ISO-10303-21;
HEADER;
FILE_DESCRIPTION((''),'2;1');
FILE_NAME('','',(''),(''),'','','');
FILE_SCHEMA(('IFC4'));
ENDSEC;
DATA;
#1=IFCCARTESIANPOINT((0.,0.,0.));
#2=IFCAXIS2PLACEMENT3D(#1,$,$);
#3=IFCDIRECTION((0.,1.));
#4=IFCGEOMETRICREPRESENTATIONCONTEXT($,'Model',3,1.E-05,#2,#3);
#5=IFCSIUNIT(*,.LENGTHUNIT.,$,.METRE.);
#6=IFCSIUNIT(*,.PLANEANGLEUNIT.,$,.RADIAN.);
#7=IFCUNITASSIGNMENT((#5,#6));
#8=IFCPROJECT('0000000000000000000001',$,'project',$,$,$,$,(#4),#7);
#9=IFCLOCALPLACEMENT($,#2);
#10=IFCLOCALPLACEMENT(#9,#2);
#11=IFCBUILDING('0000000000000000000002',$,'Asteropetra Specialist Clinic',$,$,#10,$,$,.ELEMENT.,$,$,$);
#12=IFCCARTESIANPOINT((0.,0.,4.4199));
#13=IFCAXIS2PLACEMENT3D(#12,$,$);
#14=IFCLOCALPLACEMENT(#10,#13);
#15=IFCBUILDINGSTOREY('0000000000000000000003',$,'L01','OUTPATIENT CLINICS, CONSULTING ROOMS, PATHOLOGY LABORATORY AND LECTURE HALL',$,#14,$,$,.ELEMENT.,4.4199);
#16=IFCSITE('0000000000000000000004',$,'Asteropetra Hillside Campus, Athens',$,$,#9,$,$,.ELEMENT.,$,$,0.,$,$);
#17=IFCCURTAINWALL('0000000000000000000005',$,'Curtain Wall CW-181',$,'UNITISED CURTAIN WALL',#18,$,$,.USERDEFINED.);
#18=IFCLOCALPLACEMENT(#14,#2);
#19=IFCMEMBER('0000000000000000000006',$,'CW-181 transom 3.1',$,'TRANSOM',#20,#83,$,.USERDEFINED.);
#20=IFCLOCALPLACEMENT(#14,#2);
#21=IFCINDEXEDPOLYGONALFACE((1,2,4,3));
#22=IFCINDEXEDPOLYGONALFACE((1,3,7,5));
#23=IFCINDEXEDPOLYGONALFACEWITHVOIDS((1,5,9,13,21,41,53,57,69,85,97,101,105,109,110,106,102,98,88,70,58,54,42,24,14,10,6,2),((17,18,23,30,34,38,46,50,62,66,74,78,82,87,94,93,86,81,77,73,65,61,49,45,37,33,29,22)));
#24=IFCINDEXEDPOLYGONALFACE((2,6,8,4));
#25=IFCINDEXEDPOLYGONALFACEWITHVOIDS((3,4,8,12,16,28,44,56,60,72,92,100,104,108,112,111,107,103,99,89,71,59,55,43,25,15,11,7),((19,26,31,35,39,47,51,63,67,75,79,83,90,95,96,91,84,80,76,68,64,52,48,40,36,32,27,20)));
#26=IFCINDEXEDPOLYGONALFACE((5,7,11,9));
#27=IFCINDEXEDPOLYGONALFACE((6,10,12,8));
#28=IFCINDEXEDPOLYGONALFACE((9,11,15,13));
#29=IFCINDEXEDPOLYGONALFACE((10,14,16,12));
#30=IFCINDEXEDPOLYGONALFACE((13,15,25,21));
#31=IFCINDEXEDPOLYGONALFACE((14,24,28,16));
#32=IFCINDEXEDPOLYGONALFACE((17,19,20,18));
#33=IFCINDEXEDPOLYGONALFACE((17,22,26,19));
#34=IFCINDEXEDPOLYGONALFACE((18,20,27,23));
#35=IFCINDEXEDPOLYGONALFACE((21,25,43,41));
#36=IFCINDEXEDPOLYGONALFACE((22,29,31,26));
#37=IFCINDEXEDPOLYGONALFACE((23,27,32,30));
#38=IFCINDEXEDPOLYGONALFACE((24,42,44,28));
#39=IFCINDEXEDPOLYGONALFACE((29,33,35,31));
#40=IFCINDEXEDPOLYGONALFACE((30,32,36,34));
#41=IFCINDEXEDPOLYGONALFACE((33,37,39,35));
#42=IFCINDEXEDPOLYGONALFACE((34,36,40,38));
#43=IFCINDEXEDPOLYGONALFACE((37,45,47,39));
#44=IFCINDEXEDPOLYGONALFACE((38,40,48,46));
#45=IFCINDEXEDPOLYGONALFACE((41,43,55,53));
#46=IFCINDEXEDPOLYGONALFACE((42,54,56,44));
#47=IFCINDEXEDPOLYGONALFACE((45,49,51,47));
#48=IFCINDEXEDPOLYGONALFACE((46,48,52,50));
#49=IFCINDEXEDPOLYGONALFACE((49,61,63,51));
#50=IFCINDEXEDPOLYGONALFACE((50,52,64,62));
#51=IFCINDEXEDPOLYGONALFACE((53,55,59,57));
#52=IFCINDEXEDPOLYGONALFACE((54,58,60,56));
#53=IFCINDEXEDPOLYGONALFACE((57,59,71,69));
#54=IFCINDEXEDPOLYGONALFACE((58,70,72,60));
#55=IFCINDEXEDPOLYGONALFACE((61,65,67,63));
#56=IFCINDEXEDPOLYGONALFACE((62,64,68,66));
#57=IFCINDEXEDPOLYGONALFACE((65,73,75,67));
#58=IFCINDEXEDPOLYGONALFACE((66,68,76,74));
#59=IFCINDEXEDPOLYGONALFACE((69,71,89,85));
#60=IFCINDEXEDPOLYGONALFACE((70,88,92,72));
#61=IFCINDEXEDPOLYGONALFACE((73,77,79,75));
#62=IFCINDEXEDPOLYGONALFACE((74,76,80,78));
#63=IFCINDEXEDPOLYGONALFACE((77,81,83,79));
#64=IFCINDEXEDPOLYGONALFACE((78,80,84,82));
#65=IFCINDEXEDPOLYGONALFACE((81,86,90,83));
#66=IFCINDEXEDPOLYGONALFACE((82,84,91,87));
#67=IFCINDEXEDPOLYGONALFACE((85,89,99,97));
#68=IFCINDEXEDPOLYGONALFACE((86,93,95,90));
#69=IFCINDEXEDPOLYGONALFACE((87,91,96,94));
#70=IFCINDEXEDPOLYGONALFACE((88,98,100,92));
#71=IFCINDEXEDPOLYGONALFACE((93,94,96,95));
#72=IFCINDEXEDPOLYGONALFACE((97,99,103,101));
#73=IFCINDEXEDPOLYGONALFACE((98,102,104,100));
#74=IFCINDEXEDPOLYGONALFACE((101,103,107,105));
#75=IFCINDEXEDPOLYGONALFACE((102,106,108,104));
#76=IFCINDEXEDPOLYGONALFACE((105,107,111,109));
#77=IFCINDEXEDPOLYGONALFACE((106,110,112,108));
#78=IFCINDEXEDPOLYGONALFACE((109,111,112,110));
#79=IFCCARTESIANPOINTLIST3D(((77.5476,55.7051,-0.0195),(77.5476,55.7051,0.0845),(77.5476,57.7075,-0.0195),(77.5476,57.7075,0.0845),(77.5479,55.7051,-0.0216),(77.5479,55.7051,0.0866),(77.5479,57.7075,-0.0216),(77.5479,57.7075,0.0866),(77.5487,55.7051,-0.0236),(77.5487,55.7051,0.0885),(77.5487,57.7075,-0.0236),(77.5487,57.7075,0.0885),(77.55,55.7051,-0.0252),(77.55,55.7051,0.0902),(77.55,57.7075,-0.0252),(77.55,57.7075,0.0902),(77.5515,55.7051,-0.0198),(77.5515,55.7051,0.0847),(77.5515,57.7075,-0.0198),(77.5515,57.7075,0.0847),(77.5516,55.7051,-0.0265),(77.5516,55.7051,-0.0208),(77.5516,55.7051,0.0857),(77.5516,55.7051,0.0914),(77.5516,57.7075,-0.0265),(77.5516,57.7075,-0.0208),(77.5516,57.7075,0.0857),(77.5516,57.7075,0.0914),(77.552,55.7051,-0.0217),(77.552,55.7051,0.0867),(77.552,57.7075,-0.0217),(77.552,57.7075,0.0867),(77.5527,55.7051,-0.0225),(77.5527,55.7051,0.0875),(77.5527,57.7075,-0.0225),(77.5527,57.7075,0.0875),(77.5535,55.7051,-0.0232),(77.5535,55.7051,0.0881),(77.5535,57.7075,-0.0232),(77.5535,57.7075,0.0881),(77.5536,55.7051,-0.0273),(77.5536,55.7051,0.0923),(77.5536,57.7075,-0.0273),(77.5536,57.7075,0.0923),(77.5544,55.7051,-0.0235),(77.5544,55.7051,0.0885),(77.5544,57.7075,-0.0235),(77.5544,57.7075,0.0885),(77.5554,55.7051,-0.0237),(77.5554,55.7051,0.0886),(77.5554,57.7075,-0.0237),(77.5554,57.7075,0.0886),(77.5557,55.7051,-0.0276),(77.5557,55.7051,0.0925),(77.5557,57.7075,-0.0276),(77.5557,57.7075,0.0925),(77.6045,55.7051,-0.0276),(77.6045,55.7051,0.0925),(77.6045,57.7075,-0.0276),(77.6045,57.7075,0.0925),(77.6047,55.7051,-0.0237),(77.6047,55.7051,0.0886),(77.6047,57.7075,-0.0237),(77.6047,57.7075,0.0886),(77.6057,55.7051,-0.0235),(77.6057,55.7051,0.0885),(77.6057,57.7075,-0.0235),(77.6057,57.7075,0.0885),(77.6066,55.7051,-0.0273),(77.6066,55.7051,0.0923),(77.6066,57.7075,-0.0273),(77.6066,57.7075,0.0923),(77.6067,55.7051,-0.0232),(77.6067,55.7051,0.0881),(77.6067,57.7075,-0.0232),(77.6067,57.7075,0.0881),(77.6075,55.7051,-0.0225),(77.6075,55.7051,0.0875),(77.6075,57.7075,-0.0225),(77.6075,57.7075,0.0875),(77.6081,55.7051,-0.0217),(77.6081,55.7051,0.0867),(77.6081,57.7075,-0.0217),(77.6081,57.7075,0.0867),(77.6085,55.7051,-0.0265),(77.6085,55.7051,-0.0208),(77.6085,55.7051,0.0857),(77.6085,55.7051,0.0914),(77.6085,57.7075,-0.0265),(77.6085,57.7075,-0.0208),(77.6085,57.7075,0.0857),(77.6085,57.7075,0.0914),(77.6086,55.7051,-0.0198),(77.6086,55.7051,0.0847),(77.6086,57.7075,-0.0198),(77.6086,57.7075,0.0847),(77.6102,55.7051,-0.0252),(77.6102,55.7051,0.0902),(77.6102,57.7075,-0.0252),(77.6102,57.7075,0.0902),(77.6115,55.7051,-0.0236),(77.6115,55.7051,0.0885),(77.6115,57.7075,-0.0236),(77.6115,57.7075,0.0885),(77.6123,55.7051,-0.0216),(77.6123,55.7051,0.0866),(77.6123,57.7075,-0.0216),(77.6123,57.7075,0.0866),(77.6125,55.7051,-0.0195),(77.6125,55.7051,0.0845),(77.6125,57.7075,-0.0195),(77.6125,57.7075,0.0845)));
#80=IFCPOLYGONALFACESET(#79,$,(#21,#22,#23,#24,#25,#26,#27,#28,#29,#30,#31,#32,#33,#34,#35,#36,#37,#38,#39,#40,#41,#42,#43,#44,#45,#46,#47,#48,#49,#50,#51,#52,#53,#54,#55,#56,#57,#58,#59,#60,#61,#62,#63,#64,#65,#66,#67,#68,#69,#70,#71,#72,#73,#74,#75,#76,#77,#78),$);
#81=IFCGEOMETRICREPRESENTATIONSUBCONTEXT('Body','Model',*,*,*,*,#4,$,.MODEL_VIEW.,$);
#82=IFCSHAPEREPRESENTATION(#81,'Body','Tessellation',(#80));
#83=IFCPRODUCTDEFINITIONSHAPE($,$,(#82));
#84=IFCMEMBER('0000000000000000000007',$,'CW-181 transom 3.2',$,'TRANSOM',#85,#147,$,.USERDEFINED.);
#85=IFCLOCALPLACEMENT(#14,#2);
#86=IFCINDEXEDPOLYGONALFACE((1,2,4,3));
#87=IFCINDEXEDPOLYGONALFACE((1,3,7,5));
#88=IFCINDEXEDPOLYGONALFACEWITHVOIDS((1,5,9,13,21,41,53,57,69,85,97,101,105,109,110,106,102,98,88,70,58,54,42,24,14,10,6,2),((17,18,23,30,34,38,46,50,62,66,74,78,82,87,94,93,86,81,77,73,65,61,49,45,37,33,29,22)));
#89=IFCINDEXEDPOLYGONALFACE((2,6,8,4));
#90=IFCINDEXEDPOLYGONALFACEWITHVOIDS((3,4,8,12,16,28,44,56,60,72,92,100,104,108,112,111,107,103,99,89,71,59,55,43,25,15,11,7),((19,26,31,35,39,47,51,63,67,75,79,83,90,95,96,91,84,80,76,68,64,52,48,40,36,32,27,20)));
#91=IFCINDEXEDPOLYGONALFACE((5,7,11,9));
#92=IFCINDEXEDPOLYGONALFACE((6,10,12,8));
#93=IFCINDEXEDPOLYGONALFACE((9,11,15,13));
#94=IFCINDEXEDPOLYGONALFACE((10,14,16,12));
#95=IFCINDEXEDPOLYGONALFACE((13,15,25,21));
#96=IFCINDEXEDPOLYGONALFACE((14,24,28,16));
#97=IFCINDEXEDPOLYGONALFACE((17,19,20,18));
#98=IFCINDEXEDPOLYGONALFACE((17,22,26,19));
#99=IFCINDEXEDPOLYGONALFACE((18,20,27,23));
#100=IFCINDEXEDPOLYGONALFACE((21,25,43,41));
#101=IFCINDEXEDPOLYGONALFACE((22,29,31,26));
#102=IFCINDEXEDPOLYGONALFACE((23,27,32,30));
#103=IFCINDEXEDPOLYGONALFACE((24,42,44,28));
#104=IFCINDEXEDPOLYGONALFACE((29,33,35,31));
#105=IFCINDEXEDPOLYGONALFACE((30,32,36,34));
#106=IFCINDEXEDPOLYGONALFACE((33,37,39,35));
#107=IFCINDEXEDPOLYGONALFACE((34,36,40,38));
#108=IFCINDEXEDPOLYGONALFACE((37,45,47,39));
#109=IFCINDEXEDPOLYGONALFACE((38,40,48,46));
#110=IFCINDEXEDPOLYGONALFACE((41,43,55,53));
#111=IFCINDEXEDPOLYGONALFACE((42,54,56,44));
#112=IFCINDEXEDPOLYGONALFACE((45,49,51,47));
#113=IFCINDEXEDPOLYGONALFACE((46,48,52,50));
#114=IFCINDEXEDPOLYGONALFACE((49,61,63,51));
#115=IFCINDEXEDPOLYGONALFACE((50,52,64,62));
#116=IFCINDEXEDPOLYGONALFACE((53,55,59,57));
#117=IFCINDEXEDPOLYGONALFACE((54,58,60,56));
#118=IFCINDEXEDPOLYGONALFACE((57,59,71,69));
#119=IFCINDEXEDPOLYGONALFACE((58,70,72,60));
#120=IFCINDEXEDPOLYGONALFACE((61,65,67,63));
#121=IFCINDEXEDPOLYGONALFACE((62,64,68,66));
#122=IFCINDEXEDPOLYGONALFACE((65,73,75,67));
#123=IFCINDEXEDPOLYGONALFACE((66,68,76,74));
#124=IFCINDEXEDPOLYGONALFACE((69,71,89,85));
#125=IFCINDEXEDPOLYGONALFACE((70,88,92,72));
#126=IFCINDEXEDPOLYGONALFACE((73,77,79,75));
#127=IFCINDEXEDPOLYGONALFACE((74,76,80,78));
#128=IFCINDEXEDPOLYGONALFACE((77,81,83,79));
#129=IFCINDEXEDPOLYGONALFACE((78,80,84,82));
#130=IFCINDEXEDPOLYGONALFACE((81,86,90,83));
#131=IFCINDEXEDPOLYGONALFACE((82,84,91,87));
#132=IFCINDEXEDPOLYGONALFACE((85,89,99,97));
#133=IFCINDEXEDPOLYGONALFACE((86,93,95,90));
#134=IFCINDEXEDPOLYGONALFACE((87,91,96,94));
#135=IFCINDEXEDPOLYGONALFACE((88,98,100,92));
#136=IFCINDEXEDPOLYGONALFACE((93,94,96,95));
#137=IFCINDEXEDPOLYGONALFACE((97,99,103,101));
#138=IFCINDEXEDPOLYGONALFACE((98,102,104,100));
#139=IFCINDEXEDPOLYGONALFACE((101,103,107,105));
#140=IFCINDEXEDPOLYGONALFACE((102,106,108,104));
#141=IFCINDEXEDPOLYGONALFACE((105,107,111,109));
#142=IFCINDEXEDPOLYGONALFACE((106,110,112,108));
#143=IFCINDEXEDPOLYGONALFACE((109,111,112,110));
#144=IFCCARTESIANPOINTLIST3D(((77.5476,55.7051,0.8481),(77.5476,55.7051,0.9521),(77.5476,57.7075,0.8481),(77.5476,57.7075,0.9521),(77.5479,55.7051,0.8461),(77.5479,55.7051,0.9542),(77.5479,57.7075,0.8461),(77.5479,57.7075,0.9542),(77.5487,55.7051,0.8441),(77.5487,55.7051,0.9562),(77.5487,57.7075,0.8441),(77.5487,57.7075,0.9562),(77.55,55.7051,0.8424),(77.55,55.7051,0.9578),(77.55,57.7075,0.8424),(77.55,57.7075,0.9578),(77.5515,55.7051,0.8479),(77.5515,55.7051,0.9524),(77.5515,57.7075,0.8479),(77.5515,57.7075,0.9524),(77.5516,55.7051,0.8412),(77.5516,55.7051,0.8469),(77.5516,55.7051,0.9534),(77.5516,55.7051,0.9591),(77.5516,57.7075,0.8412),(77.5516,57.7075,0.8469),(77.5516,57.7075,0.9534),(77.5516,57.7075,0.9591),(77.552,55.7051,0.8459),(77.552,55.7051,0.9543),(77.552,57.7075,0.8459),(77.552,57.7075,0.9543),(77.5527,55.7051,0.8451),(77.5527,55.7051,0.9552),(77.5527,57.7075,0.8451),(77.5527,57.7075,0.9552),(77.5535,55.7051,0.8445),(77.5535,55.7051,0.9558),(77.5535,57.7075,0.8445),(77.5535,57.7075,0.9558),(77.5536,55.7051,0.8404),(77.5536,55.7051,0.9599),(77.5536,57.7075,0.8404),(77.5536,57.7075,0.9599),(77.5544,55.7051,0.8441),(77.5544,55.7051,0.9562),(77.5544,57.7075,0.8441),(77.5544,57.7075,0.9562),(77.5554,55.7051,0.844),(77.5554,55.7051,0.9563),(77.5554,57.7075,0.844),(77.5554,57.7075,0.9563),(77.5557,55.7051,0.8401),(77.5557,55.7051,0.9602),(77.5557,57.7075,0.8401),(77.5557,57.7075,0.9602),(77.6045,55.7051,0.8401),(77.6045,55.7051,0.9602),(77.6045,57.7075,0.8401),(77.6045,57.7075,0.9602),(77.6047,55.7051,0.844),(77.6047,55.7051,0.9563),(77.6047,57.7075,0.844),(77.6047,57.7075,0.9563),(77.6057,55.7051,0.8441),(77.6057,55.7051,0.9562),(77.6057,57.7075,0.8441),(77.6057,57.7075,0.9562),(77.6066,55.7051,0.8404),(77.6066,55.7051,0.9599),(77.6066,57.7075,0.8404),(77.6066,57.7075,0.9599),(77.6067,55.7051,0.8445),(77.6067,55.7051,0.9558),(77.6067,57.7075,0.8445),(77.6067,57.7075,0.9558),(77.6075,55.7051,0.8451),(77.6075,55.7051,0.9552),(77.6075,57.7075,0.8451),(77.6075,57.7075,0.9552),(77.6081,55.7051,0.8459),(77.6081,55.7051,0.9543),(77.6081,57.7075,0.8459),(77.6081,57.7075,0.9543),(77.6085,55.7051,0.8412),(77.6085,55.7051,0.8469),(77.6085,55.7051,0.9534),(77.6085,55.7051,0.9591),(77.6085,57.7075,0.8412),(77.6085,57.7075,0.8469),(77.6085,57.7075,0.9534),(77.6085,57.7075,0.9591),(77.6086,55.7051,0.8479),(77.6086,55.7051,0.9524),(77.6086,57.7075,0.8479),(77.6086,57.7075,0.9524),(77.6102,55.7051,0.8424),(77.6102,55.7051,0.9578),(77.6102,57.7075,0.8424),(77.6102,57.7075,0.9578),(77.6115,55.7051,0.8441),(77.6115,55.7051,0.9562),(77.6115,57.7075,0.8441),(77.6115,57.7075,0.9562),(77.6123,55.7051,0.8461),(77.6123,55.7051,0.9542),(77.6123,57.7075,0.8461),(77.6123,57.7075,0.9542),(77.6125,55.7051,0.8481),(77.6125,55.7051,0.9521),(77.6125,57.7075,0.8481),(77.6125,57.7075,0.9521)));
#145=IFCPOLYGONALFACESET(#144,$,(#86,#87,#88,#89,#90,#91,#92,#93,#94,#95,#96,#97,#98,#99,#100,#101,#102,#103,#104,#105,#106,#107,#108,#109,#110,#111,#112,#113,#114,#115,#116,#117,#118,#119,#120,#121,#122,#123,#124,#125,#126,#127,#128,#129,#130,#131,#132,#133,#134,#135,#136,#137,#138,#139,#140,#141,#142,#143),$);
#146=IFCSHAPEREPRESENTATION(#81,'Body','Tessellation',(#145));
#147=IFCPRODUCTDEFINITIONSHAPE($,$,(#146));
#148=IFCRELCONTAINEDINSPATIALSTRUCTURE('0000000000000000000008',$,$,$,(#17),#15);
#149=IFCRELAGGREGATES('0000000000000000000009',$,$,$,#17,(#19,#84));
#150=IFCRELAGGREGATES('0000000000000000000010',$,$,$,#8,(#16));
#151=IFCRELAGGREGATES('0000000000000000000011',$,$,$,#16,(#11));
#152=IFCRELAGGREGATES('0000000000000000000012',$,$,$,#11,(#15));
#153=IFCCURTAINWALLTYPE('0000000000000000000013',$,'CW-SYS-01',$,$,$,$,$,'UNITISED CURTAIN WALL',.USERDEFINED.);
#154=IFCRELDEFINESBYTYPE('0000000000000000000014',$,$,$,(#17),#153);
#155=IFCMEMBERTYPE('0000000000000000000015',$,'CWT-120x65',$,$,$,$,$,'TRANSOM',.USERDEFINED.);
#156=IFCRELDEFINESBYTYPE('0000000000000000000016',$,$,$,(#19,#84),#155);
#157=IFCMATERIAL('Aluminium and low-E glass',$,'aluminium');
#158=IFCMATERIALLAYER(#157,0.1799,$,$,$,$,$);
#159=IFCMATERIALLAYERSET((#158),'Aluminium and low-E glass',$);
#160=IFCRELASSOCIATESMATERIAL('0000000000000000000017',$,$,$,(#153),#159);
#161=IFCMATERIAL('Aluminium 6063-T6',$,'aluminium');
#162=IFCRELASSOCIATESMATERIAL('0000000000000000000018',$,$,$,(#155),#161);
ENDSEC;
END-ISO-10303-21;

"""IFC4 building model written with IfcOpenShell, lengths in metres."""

from ifc_helpers import new_model, si_unit, direction, frame, origin, origin_2d, place, context, subcontext, project, spatial, hollow_rectangle, extrude, material, layer, layer_set, material_profile, profile_set, type_object, element, aggregate, save


model = new_model("IFC4")

# Units and contexts
model_context = context("Model", 3, precision=1e-05, world=origin(), true_north=direction((0.0, 1.0)))
body_context = subcontext(model_context, "Body", "Model", "MODEL_VIEW")
ifc_project = project(units=[si_unit("LENGTHUNIT", "METRE"), si_unit("PLANEANGLEUNIT", "RADIAN")], contexts=[model_context])

# Site, building, storey
site_placement = place(None, origin())
site = spatial("IfcSite", under=ifc_project, at=site_placement, Name="Asteropetra Hillside Campus, Athens", CompositionType="ELEMENT", RefElevation=0.0)
building_placement = place(site_placement, origin())
building = spatial("IfcBuilding", under=site, at=building_placement, Name="Asteropetra Specialist Clinic", CompositionType="ELEMENT")
storey_placement = place(building_placement, frame((0.0, 0.0, 4.4199)))
storey = spatial("IfcBuildingStorey", under=building, at=storey_placement, Name="L01", Description="OUTPATIENT CLINICS, CONSULTING ROOMS, PATHOLOGY LABORATORY AND LECTURE HALL", CompositionType="ELEMENT", Elevation=4.4199)

# Curtain wall, members
ifc_material_1 = material(Name="Aluminium and low-E glass", Category="aluminium")
ifc_layer_1 = layer(ifc_material_1, 0.1799)
ifc_layer_set_1 = layer_set([ifc_layer_1], Name="Aluminium and low-E glass")
curtain_wall_type_1 = type_object("IfcCurtainWallType", Name="CW-SYS-01", ElementType="UNITISED CURTAIN WALL", PredefinedType="USERDEFINED", material=ifc_layer_set_1)
curtain_wall_1_placement = place(storey_placement, origin())
curtain_wall_1 = element("IfcCurtainWall", 1, at=curtain_wall_1_placement, inside=storey, type_object=curtain_wall_type_1, Name="Curtain Wall CW-181", ObjectType="UNITISED CURTAIN WALL", PredefinedType="USERDEFINED")
ifc_material_2 = material(Name="Aluminium 6063-T6", Category="aluminium")
ifc_material_profile_1 = material_profile(ifc_material_2, hollow_rectangle(XDim=0.0649, YDim=0.1201, WallThickness=0.0039, InnerFilletRadius=0.0039, OuterFilletRadius=0.0081, at=origin_2d()), Name="TRN 120x65x4.0")
ifc_profile_set_1 = profile_set([ifc_material_profile_1], Name="Aluminium 6063-T6")
member_type_1 = type_object("IfcMemberType", Name="CWT-120x65", ElementType="TRANSOM", PredefinedType="USERDEFINED", material=ifc_profile_set_1)
member_1_placement = place(storey_placement, frame((77.5801, 57.7075, 0.0325), z_axis=(0.0, -1.0, 0.0), x_axis=(1.0, 0.0, 0.0)))
member_1 = element("IfcMember", 2, at=member_1_placement, type_object=member_type_1, Name="CW-181 transom 3.1", ObjectType="TRANSOM", PredefinedType="USERDEFINED", context=body_context, shape_type="SweptSolid", body=[
    extrude(hollow_rectangle(XDim=0.0649, YDim=0.1201, WallThickness=0.0039, InnerFilletRadius=0.0039, OuterFilletRadius=0.0081, at=origin_2d()), origin(), (0.0, 0.0, 1.0), 2.0024),
])
member_2_placement = place(storey_placement, frame((77.5801, 57.7075, 0.9001), z_axis=(0.0, -1.0, 0.0), x_axis=(1.0, 0.0, 0.0)))
member_2 = element("IfcMember", 3, at=member_2_placement, type_object=member_type_1, Name="CW-181 transom 3.2", ObjectType="TRANSOM", PredefinedType="USERDEFINED", context=body_context, shape_type="SweptSolid", body=[
    extrude(hollow_rectangle(XDim=0.0649, YDim=0.1201, WallThickness=0.0039, InnerFilletRadius=0.0039, OuterFilletRadius=0.0081, at=origin_2d()), origin(), (0.0, 0.0, 1.0), 2.0024),
])

aggregate(curtain_wall_1, [member_1, member_2])

save(model, "model.ifc")
